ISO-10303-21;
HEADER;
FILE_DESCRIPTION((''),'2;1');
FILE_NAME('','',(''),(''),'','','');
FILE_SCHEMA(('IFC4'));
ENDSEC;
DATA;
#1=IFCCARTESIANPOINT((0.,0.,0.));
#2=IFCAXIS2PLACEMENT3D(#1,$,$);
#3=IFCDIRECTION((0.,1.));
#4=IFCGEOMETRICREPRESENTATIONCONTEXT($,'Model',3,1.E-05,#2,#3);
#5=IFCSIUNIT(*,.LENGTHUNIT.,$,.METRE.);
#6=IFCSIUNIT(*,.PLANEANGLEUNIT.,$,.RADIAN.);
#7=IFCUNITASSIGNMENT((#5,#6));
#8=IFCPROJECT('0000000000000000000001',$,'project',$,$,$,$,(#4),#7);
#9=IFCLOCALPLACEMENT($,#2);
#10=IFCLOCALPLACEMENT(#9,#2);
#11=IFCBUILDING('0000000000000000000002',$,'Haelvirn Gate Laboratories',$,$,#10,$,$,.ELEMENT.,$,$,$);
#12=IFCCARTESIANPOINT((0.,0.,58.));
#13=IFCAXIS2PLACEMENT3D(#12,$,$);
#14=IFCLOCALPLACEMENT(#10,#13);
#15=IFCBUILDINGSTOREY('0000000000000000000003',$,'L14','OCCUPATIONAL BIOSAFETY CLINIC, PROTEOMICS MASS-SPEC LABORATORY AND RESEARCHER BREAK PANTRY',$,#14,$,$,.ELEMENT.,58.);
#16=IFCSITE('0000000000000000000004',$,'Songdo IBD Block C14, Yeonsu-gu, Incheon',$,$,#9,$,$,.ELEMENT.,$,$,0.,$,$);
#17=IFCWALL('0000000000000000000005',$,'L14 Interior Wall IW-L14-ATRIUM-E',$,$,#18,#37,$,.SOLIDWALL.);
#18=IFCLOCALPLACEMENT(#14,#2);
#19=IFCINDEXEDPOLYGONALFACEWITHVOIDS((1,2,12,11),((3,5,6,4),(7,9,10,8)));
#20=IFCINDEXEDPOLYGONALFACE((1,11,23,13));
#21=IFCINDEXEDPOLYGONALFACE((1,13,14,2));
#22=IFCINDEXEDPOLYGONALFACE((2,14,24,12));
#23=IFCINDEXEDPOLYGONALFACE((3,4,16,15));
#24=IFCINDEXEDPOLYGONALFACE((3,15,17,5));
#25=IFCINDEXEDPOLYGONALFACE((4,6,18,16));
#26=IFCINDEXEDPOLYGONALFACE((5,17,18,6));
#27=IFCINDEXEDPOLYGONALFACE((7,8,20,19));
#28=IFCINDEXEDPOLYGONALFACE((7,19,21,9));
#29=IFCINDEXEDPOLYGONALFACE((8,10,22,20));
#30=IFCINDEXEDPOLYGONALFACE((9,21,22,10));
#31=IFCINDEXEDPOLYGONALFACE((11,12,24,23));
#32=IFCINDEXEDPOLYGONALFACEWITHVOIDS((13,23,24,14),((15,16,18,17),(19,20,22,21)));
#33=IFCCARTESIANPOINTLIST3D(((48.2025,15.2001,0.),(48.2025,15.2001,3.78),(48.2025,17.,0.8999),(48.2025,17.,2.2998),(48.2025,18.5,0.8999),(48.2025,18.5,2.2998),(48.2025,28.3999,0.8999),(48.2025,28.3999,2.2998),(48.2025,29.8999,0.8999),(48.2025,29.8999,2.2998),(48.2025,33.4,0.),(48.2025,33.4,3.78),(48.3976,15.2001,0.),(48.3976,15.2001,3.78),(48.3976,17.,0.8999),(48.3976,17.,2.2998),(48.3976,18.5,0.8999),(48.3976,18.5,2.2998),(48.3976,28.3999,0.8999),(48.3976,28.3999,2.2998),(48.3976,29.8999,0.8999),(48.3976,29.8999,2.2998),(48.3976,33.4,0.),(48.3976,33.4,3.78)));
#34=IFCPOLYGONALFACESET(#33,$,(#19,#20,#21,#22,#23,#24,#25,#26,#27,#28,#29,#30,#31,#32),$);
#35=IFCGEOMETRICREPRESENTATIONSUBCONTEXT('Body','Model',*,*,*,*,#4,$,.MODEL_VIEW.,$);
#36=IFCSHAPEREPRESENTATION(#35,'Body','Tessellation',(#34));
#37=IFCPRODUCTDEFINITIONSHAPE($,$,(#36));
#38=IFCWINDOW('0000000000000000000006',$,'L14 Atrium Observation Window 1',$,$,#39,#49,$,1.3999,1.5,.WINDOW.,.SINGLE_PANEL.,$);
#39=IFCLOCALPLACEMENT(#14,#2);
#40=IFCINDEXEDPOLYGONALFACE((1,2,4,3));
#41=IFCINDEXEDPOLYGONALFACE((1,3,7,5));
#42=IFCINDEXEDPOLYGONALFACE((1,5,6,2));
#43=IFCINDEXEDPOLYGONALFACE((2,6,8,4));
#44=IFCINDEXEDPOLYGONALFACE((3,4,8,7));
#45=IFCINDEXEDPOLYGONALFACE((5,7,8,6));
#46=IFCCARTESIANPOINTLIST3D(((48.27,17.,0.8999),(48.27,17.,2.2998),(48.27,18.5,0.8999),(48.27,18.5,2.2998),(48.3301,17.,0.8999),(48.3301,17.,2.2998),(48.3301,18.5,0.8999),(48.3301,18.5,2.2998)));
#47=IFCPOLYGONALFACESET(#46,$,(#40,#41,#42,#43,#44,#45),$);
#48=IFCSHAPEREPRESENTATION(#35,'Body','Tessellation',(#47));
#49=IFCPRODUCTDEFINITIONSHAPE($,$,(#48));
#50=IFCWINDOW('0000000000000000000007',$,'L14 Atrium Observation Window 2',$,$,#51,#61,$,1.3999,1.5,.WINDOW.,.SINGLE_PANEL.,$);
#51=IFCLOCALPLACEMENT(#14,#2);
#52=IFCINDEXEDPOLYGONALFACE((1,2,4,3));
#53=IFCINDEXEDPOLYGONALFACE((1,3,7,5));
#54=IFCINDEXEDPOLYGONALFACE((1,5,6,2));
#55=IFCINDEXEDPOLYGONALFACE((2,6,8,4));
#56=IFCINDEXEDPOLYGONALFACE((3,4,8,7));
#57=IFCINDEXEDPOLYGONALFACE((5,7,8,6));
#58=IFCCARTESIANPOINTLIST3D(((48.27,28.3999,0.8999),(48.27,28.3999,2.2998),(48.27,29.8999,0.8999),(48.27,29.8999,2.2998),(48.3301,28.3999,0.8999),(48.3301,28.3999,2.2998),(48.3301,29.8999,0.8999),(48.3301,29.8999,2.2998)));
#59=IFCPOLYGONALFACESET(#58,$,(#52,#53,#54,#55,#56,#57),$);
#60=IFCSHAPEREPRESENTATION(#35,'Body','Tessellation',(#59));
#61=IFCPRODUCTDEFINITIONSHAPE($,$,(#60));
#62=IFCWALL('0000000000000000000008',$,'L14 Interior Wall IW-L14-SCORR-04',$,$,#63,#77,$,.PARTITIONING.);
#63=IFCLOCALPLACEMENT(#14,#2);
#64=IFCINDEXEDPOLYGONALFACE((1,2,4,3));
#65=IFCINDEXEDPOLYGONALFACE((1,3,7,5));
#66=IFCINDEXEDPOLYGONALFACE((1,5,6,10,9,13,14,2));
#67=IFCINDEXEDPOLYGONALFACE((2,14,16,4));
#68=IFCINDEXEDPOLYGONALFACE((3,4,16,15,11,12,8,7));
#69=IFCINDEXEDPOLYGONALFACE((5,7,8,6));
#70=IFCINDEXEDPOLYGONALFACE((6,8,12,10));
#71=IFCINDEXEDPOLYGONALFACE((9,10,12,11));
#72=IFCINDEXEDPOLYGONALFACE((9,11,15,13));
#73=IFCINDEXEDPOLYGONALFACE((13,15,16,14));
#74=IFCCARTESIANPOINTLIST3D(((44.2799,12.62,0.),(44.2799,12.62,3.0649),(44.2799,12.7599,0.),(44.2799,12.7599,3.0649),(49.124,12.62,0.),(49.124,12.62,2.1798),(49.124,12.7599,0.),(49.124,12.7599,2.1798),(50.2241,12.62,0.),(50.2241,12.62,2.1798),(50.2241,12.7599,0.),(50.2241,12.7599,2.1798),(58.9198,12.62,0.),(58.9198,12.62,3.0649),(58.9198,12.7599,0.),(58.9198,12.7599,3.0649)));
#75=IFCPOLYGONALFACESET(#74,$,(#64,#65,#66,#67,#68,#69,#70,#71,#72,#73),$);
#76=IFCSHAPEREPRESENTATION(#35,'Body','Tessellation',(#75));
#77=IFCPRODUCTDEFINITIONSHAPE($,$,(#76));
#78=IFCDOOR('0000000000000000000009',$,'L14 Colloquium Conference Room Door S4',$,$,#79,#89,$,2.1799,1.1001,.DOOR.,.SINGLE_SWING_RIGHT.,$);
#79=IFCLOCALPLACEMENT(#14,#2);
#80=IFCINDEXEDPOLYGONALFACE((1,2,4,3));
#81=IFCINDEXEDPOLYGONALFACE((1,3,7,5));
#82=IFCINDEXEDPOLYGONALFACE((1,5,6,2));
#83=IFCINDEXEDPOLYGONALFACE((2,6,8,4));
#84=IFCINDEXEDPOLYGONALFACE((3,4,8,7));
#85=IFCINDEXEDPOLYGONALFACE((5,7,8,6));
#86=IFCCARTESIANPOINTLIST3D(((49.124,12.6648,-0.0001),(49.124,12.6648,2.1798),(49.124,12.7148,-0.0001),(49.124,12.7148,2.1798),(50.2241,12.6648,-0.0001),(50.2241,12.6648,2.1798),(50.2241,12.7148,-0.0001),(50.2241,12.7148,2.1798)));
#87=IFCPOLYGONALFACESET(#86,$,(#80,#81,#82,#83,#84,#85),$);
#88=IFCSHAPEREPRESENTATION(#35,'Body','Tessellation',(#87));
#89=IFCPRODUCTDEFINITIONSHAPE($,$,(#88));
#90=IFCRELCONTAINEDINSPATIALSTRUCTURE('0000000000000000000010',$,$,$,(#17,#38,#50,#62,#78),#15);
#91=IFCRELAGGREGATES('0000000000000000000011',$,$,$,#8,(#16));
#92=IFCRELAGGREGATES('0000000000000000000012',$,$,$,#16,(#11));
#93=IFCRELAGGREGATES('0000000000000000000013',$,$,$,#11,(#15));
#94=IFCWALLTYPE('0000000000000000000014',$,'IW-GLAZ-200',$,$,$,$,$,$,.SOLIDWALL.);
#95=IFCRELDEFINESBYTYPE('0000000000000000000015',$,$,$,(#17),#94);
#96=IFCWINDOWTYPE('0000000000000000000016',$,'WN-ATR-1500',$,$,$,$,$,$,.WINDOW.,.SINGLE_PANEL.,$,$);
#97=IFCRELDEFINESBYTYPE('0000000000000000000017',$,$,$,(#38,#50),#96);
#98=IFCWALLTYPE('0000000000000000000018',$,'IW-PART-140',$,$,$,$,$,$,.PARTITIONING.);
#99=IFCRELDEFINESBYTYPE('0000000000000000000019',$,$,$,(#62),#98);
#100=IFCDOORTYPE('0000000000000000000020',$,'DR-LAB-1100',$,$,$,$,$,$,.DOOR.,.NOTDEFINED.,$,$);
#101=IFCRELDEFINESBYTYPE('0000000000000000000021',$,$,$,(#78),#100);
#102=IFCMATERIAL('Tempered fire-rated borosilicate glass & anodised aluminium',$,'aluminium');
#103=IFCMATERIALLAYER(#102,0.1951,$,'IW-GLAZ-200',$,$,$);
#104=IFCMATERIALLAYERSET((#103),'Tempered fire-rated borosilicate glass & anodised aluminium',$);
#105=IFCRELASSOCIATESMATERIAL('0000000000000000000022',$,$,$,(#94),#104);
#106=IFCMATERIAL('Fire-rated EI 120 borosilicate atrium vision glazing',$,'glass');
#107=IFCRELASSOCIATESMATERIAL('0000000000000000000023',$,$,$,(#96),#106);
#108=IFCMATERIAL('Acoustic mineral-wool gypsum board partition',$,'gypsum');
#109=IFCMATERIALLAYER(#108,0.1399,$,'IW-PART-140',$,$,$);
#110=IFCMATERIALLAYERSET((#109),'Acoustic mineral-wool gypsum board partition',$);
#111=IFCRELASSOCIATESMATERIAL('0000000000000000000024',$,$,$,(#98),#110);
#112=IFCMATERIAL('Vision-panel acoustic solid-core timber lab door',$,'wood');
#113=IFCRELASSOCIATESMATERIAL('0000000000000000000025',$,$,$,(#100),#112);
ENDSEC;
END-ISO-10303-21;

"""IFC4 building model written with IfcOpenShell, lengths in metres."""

from ifc_helpers import new_model, si_unit, direction, frame, frame_2d, origin, place, context, subcontext, project, spatial, rectangle, extrude, source, transform, mapped, material, layer, layer_set, type_object, type_shapes, element, fill, save


model = new_model("IFC4")

# Units and contexts
model_context = context("Model", 3, precision=1e-05, world=origin(), true_north=direction((0.0, 1.0)))
body_context = subcontext(model_context, "Body", "Model", "MODEL_VIEW")
ifc_project = project(units=[si_unit("LENGTHUNIT", "METRE"), si_unit("PLANEANGLEUNIT", "RADIAN")], contexts=[model_context])

# Site, building, storey
site_placement = place(None, origin())
site = spatial("IfcSite", under=ifc_project, at=site_placement, Name="Songdo IBD Block C14, Yeonsu-gu, Incheon", CompositionType="ELEMENT", RefElevation=0.0)
building_placement = place(site_placement, origin())
building = spatial("IfcBuilding", under=site, at=building_placement, Name="Haelvirn Gate Laboratories", CompositionType="ELEMENT")
storey_placement = place(building_placement, frame((0.0, 0.0, 58.0)))
storey = spatial("IfcBuildingStorey", under=building, at=storey_placement, Name="L14", Description="OCCUPATIONAL BIOSAFETY CLINIC, PROTEOMICS MASS-SPEC LABORATORY AND RESEARCHER BREAK PANTRY", CompositionType="ELEMENT", Elevation=58.0)

# Wall, openings, windows
ifc_material_1 = material(Name="Tempered fire-rated borosilicate glass & anodised aluminium", Category="aluminium")
ifc_layer_1 = layer(ifc_material_1, 0.1951, Name="IW-GLAZ-200")
ifc_layer_set_1 = layer_set([ifc_layer_1], Name="Tempered fire-rated borosilicate glass & anodised aluminium")
wall_type_1 = type_object("IfcWallType", Name="IW-GLAZ-200", PredefinedType="SOLIDWALL", material=ifc_layer_set_1)
wall_1_placement = place(storey_placement, frame((48.3, 15.2, 0.0), z_axis=(0.0, 0.0, 1.0), x_axis=(0.0, 1.0, 0.0)))
wall_1 = element("IfcWall", 1, at=wall_1_placement, inside=storey, type_object=wall_type_1, Name="L14 Interior Wall IW-L14-ATRIUM-E", PredefinedType="SOLIDWALL", context=body_context, shape_type="SweptSolid", body=[
    extrude(rectangle(XDim=18.2, YDim=0.1951, at=frame_2d((9.1001, 0.0))), origin(), (0.0, 0.0, 1.0), 3.78),
])
opening_1_placement = place(wall_1_placement, frame((1.8, 0.0, 0.8999)))
opening_1 = element("IfcOpeningElement", 2, at=opening_1_placement, cuts=wall_1, PredefinedType="OPENING", context=body_context, shape_type="SweptSolid", body=[
    extrude(rectangle(XDim=1.5, YDim=1.3999, at=frame_2d((0.75, 0.7))), frame((0.0, 0.1074, 0.0), z_axis=(0.0, -1.0, 0.0), x_axis=(1.0, 0.0, 0.0)), (0.0, 0.0, 1.0), 0.2151),
])
opening_2_placement = place(wall_1_placement, frame((13.2, 0.0, 0.8999)))
opening_2 = element("IfcOpeningElement", 3, at=opening_2_placement, cuts=wall_1, PredefinedType="OPENING", context=body_context, shape_type="SweptSolid", body=[
    extrude(rectangle(XDim=1.5, YDim=1.3999, at=frame_2d((0.75, 0.7))), frame((0.0, 0.1074, 0.0), z_axis=(0.0, -1.0, 0.0), x_axis=(1.0, 0.0, 0.0)), (0.0, 0.0, 1.0), 0.2151),
])
ifc_material_2 = material(Name="Fire-rated EI 120 borosilicate atrium vision glazing", Category="glass")
window_type = type_object("IfcWindowType", Name="WN-ATR-1500", PartitioningType="SINGLE_PANEL", PredefinedType="WINDOW", material=ifc_material_2)
shared_shape_1 = source(origin(), body_context, "Body", "SweptSolid", [
    extrude(rectangle(XDim=1.5, YDim=1.3999, at=frame_2d((0.75, 0.7))), frame((0.0, 0.03, 0.0), z_axis=(0.0, -1.0, 0.0), x_axis=(1.0, 0.0, 0.0)), (0.0, 0.0, 1.0), 0.0601),
])
type_shapes(window_type, [shared_shape_1])
window_1_placement = place(opening_1_placement, origin())
window_1 = element("IfcWindow", 4, at=window_1_placement, inside=storey, type_object=window_type, Name="L14 Atrium Observation Window 1", OverallHeight=1.3999, OverallWidth=1.5, PartitioningType="SINGLE_PANEL", PredefinedType="WINDOW", context=body_context, shape_type="MappedRepresentation", body=[
    mapped(shared_shape_1, transform((0.0, 0.0, 0.0), scale=1.0)),
])
fill(opening_1, window_1)
window_2_placement = place(opening_2_placement, origin())
window_2 = element("IfcWindow", 5, at=window_2_placement, inside=storey, type_object=window_type, Name="L14 Atrium Observation Window 2", OverallHeight=1.3999, OverallWidth=1.5, PartitioningType="SINGLE_PANEL", PredefinedType="WINDOW", context=body_context, shape_type="MappedRepresentation", body=[
    mapped(shared_shape_1, transform((0.0, 0.0, 0.0), scale=1.0)),
])
fill(opening_2, window_2)

# Wall, opening, door
ifc_material_3 = material(Name="Acoustic mineral-wool gypsum board partition", Category="gypsum")
ifc_layer_2 = layer(ifc_material_3, 0.1399, Name="IW-PART-140")
ifc_layer_set_2 = layer_set([ifc_layer_2], Name="Acoustic mineral-wool gypsum board partition")
wall_type_2 = type_object("IfcWallType", Name="IW-PART-140", PredefinedType="PARTITIONING", material=ifc_layer_set_2)
wall_2_placement = place(storey_placement, frame((44.28, 12.6899, 0.0), z_axis=(0.0, 0.0, 1.0), x_axis=(1.0, 0.0, 0.0)))
wall_2 = element("IfcWall", 6, at=wall_2_placement, inside=storey, type_object=wall_type_2, Name="L14 Interior Wall IW-L14-SCORR-04", PredefinedType="PARTITIONING", context=body_context, shape_type="SweptSolid", body=[
    extrude(rectangle(XDim=14.6399, YDim=0.1399, at=frame_2d((7.3198, 0.0))), origin(), (0.0, 0.0, 1.0), 3.0649),
])
opening_3_placement = place(wall_2_placement, frame((4.844, 0.0, 0.0)))
opening_3 = element("IfcOpeningElement", 7, at=opening_3_placement, cuts=wall_2, PredefinedType="OPENING", context=body_context, shape_type="SweptSolid", body=[
    extrude(rectangle(XDim=1.1001, YDim=2.1799, at=frame_2d((0.55, 1.0898))), frame((0.0, 0.0801, 0.0), z_axis=(0.0, -1.0, 0.0), x_axis=(1.0, 0.0, 0.0)), (0.0, 0.0, 1.0), 0.1599),
])
ifc_material_4 = material(Name="Vision-panel acoustic solid-core timber lab door", Category="wood")
door_type = type_object("IfcDoorType", Name="DR-LAB-1100", OperationType="NOTDEFINED", PredefinedType="DOOR", material=ifc_material_4)
shared_shape_2 = source(origin(), body_context, "Body", "SweptSolid", [
    extrude(rectangle(XDim=1.1001, YDim=2.1799, at=frame_2d((0.55, 1.0898))), frame((0.0, 0.0249, 0.0), z_axis=(0.0, -1.0, 0.0), x_axis=(1.0, 0.0, 0.0)), (0.0, 0.0, 1.0), 0.05),
])
type_shapes(door_type, [shared_shape_2])
door_placement = place(opening_3_placement, origin())
door = element("IfcDoor", 8, at=door_placement, inside=storey, type_object=door_type, Name="L14 Colloquium Conference Room Door S4", OperationType="SINGLE_SWING_RIGHT", OverallHeight=2.1799, OverallWidth=1.1001, PredefinedType="DOOR", context=body_context, shape_type="MappedRepresentation", body=[
    mapped(shared_shape_2, transform((0.0, 0.0, 0.0), scale=1.0)),
])
fill(opening_3, door)

save(model, "model.ifc")
